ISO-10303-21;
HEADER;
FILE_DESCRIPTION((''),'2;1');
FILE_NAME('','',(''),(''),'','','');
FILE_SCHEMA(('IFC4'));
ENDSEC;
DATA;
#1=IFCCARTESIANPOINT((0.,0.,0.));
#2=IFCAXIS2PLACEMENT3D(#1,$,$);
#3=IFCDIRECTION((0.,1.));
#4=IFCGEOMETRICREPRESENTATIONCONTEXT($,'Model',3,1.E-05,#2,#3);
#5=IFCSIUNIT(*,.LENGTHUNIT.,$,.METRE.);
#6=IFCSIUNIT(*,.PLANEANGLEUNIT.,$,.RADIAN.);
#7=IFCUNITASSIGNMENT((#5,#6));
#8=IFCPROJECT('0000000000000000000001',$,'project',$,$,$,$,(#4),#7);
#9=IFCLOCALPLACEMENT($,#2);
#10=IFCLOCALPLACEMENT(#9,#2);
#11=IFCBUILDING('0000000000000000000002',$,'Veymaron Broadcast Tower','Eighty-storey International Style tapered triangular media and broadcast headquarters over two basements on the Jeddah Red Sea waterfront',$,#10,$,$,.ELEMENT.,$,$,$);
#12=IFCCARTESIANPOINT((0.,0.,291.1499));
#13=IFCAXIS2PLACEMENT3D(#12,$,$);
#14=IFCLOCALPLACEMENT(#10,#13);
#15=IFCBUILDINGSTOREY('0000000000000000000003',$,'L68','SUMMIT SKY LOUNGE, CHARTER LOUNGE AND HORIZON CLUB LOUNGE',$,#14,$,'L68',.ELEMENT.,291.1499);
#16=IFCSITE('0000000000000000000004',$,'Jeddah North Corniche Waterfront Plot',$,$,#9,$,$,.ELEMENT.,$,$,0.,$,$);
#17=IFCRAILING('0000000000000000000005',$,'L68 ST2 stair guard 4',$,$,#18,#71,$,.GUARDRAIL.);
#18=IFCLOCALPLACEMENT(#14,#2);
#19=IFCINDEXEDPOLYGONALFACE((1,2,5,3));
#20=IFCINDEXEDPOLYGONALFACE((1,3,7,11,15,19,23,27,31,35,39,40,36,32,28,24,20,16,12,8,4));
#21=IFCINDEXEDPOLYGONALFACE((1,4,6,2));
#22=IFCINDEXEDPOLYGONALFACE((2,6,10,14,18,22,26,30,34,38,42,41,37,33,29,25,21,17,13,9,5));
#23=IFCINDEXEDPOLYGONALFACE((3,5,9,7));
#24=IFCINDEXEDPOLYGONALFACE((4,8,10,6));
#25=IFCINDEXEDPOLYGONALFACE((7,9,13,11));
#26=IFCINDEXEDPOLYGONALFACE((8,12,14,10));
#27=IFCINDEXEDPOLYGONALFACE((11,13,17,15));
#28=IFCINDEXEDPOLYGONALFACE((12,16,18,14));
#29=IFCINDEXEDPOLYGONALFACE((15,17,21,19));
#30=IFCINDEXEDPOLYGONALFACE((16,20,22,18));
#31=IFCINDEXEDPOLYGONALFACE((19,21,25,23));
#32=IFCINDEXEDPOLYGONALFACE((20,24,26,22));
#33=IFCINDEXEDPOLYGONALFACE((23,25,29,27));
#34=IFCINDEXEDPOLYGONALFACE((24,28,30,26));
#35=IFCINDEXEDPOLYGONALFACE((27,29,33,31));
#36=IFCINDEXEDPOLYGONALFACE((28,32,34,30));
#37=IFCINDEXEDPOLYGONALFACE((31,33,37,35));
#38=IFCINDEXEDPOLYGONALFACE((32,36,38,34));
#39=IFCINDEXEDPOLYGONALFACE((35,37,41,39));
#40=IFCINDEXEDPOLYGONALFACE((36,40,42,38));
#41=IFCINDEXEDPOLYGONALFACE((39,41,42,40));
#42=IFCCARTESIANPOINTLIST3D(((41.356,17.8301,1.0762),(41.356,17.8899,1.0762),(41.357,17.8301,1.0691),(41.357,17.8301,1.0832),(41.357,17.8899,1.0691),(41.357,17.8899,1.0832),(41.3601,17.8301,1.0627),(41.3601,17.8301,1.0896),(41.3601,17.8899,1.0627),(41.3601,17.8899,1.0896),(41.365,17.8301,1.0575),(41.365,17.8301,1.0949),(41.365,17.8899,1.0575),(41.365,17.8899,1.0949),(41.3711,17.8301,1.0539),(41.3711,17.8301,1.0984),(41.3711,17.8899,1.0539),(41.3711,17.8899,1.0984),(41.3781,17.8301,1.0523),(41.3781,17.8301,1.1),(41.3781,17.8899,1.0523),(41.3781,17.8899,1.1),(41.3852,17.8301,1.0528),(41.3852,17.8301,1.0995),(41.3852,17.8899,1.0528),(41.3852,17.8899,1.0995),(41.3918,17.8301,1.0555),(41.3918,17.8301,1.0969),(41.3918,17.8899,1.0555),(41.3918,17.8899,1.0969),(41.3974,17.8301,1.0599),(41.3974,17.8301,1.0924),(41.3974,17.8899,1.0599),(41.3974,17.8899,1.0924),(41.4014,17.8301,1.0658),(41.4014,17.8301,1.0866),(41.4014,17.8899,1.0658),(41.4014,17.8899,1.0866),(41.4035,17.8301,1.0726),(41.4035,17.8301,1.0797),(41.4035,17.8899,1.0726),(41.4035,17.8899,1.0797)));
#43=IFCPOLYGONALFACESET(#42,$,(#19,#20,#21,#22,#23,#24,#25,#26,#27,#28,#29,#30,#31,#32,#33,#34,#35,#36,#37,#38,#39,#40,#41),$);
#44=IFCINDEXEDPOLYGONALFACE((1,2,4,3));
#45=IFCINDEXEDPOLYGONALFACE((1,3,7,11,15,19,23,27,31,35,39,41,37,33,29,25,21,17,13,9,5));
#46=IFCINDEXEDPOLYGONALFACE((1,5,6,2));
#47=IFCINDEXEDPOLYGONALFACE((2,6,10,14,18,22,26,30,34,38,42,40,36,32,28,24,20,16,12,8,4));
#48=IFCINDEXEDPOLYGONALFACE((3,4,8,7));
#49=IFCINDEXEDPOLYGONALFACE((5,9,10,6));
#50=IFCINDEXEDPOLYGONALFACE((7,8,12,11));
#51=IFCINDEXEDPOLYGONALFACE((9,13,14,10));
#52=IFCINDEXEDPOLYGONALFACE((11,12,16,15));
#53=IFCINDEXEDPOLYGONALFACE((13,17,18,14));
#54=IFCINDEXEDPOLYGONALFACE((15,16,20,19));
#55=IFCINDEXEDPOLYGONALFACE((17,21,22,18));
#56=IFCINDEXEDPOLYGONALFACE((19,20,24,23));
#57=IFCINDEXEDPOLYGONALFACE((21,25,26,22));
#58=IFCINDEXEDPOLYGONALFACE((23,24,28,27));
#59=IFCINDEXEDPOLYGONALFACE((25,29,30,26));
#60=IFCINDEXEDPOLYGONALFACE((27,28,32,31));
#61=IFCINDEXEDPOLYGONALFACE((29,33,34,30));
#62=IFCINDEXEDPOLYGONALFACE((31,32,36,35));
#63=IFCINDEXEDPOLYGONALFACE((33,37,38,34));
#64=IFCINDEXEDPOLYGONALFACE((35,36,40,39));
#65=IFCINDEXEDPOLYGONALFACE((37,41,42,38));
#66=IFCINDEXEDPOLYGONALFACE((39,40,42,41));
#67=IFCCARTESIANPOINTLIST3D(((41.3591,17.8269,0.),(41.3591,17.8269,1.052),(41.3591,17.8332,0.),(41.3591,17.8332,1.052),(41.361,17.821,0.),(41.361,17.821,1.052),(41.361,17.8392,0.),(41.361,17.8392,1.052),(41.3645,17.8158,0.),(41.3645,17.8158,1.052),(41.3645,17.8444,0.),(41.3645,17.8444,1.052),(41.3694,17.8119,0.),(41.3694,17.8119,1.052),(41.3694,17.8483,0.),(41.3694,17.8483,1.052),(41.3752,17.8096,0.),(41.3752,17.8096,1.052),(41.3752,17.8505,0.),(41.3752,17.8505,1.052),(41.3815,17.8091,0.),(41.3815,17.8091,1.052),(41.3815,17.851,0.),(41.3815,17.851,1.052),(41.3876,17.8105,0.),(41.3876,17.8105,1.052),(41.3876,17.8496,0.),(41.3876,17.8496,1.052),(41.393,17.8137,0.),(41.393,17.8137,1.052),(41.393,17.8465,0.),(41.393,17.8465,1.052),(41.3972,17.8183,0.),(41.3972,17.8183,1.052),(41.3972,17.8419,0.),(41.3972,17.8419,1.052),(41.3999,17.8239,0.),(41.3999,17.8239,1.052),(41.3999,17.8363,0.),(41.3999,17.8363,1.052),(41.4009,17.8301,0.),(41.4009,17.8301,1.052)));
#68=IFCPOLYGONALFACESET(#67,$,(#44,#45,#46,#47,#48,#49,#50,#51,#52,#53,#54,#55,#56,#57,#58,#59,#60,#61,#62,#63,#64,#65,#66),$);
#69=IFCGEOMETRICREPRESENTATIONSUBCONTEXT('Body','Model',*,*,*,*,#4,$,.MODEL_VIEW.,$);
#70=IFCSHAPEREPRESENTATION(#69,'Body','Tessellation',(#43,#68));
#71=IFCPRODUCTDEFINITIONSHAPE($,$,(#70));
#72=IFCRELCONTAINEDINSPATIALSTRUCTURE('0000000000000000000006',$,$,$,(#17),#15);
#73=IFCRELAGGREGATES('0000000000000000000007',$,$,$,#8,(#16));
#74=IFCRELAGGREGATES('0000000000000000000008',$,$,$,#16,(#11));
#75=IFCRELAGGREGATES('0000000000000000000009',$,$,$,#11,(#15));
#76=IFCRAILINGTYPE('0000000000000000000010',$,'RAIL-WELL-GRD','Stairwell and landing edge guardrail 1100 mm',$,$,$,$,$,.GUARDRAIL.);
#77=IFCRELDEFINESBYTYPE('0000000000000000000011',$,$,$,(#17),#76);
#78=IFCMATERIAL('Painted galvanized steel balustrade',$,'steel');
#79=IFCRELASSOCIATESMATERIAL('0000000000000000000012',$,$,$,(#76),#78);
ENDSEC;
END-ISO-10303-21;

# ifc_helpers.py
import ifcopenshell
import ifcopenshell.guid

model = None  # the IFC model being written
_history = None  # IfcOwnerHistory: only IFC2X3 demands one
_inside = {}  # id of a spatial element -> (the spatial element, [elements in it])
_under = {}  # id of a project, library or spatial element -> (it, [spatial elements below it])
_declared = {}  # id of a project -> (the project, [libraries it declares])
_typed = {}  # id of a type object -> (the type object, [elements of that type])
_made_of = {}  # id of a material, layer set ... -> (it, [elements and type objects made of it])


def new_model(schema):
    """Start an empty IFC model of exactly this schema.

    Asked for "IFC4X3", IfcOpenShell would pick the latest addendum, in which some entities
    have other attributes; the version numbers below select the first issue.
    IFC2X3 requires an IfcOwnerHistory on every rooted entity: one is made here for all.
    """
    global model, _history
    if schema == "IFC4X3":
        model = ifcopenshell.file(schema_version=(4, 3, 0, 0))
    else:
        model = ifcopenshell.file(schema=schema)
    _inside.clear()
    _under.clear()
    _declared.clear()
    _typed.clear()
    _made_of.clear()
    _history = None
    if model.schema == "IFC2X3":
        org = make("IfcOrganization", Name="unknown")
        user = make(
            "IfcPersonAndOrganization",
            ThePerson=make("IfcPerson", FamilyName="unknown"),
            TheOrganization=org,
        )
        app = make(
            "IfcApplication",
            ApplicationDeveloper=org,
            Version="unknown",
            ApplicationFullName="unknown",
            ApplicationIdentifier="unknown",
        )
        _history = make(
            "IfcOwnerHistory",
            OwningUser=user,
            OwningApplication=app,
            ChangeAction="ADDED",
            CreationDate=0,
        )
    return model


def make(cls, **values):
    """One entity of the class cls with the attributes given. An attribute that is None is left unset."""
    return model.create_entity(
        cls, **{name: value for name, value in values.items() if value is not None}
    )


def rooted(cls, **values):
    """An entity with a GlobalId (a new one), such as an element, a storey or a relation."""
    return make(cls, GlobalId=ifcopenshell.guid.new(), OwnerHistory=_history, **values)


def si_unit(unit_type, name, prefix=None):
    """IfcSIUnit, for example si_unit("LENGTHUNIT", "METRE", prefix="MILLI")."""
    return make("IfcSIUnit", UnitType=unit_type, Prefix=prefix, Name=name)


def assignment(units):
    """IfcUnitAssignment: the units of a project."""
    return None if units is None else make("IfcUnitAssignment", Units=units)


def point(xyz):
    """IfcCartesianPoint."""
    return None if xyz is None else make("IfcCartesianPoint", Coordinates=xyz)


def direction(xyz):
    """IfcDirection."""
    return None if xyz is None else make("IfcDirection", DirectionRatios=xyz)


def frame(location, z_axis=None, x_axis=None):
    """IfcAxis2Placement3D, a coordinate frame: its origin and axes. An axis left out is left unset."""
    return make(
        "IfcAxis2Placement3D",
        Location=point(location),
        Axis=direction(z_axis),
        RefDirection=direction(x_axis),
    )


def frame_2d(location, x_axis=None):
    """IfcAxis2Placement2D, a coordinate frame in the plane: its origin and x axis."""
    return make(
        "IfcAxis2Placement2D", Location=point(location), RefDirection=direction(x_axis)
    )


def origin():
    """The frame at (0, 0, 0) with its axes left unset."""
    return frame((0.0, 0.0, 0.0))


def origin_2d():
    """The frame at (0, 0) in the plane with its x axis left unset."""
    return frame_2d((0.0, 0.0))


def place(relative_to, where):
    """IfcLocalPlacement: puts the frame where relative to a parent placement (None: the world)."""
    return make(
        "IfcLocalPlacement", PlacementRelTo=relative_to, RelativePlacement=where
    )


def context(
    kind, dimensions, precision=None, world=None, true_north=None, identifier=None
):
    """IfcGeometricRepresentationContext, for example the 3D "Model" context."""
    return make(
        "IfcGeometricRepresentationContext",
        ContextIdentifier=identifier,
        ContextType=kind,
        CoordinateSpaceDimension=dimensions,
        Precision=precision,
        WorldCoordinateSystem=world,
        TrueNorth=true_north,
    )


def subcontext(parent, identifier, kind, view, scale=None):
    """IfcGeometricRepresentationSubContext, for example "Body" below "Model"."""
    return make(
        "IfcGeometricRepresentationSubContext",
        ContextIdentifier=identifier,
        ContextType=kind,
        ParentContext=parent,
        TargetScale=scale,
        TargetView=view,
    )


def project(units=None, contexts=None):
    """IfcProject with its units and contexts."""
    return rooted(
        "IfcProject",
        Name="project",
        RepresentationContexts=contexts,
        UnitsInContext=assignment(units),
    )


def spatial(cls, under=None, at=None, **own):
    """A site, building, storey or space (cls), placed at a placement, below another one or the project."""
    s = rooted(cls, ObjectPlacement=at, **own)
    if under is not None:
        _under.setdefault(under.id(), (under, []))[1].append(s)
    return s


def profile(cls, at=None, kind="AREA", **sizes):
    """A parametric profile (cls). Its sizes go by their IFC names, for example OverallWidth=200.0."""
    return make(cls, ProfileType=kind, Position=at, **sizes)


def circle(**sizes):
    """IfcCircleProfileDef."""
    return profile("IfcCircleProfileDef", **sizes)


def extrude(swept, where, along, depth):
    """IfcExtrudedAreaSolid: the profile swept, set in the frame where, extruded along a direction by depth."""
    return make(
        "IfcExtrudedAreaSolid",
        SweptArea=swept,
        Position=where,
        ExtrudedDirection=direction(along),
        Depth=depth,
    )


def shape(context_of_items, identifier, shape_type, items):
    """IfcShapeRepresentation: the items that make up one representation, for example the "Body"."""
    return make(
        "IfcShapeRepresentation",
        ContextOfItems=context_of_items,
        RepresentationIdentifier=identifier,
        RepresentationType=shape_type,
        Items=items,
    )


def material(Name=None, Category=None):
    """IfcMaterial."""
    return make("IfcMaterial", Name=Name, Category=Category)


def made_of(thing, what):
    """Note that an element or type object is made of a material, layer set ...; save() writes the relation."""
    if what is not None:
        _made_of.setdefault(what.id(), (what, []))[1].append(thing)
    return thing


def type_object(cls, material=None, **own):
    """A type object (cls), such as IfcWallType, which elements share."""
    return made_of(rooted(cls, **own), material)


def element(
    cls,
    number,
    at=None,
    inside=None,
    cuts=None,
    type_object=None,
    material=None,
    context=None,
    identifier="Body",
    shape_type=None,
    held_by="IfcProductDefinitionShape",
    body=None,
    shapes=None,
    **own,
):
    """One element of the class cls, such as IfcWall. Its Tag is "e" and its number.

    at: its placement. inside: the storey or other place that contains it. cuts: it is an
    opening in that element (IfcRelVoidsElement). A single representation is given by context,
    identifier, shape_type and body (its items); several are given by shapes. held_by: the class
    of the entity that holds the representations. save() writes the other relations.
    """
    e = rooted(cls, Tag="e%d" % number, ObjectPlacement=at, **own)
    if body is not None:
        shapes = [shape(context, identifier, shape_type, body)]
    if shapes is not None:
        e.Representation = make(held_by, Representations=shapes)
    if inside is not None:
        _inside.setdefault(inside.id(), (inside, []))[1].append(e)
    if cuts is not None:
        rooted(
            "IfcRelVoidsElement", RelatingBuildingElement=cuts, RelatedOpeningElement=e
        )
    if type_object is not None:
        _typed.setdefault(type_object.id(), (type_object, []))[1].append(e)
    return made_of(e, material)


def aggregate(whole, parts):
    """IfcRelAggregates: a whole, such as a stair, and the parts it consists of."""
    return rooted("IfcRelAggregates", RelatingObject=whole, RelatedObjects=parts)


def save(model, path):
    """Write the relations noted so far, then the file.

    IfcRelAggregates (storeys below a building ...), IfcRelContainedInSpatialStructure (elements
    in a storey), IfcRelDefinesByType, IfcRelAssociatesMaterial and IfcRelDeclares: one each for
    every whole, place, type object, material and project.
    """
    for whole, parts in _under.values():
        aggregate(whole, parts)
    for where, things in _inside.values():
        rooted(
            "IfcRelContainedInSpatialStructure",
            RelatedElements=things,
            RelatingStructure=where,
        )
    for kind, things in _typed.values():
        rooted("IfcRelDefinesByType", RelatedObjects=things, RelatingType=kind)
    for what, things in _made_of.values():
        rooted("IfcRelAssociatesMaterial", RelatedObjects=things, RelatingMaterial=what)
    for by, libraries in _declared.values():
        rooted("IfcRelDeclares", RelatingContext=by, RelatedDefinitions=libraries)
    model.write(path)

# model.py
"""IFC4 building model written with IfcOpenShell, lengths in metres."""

from ifc_helpers import new_model, si_unit, direction, frame, origin, origin_2d, place, context, subcontext, project, spatial, circle, extrude, material, type_object, element, save


model = new_model("IFC4")

# Units and contexts
model_context = context("Model", 3, precision=1e-05, world=origin(), true_north=direction((0.0, 1.0)))
body_context = subcontext(model_context, "Body", "Model", "MODEL_VIEW")
ifc_project = project(units=[si_unit("LENGTHUNIT", "METRE"), si_unit("PLANEANGLEUNIT", "RADIAN")], contexts=[model_context])

# Site, building, storey
site_placement = place(None, origin())
site = spatial("IfcSite", under=ifc_project, at=site_placement, Name="Jeddah North Corniche Waterfront Plot", CompositionType="ELEMENT", RefElevation=0.0)
building_placement = place(site_placement, origin())
building = spatial("IfcBuilding", under=site, at=building_placement, Name="Veymaron Broadcast Tower", Description="Eighty-storey International Style tapered triangular media and broadcast headquarters over two basements on the Jeddah Red Sea waterfront", CompositionType="ELEMENT")
storey_placement = place(building_placement, frame((0.0, 0.0, 291.1499)))
storey = spatial("IfcBuildingStorey", under=building, at=storey_placement, Name="L68", Description="SUMMIT SKY LOUNGE, CHARTER LOUNGE AND HORIZON CLUB LOUNGE", LongName="L68", CompositionType="ELEMENT", Elevation=291.1499)

# Railing
ifc_material_1 = material(Name="Painted galvanized steel balustrade", Category="steel")
railing_type_1 = type_object("IfcRailingType", Name="RAIL-WELL-GRD", Description="Stairwell and landing edge guardrail 1100 mm", PredefinedType="GUARDRAIL", material=ifc_material_1)
railing_1_placement = place(storey_placement, frame((41.3799, 17.8301, 0.0)))
element("IfcRailing", 1, at=railing_1_placement, inside=storey, type_object=railing_type_1, Name="L68 ST2 stair guard 4", PredefinedType="GUARDRAIL", context=body_context, shape_type="SweptSolid", body=[
    extrude(circle(Radius=0.0239, at=origin_2d()), frame((0.0, 0.0, 1.0762), z_axis=(0.0, 1.0, 0.0), x_axis=(-1.0, 0.0, 0.0)), (0.0, 0.0, 1.0), 0.0598),
    extrude(circle(Radius=0.021, at=origin_2d()), origin(), (0.0, 0.0, 1.0), 1.052),
])

save(model, "model.ifc")
